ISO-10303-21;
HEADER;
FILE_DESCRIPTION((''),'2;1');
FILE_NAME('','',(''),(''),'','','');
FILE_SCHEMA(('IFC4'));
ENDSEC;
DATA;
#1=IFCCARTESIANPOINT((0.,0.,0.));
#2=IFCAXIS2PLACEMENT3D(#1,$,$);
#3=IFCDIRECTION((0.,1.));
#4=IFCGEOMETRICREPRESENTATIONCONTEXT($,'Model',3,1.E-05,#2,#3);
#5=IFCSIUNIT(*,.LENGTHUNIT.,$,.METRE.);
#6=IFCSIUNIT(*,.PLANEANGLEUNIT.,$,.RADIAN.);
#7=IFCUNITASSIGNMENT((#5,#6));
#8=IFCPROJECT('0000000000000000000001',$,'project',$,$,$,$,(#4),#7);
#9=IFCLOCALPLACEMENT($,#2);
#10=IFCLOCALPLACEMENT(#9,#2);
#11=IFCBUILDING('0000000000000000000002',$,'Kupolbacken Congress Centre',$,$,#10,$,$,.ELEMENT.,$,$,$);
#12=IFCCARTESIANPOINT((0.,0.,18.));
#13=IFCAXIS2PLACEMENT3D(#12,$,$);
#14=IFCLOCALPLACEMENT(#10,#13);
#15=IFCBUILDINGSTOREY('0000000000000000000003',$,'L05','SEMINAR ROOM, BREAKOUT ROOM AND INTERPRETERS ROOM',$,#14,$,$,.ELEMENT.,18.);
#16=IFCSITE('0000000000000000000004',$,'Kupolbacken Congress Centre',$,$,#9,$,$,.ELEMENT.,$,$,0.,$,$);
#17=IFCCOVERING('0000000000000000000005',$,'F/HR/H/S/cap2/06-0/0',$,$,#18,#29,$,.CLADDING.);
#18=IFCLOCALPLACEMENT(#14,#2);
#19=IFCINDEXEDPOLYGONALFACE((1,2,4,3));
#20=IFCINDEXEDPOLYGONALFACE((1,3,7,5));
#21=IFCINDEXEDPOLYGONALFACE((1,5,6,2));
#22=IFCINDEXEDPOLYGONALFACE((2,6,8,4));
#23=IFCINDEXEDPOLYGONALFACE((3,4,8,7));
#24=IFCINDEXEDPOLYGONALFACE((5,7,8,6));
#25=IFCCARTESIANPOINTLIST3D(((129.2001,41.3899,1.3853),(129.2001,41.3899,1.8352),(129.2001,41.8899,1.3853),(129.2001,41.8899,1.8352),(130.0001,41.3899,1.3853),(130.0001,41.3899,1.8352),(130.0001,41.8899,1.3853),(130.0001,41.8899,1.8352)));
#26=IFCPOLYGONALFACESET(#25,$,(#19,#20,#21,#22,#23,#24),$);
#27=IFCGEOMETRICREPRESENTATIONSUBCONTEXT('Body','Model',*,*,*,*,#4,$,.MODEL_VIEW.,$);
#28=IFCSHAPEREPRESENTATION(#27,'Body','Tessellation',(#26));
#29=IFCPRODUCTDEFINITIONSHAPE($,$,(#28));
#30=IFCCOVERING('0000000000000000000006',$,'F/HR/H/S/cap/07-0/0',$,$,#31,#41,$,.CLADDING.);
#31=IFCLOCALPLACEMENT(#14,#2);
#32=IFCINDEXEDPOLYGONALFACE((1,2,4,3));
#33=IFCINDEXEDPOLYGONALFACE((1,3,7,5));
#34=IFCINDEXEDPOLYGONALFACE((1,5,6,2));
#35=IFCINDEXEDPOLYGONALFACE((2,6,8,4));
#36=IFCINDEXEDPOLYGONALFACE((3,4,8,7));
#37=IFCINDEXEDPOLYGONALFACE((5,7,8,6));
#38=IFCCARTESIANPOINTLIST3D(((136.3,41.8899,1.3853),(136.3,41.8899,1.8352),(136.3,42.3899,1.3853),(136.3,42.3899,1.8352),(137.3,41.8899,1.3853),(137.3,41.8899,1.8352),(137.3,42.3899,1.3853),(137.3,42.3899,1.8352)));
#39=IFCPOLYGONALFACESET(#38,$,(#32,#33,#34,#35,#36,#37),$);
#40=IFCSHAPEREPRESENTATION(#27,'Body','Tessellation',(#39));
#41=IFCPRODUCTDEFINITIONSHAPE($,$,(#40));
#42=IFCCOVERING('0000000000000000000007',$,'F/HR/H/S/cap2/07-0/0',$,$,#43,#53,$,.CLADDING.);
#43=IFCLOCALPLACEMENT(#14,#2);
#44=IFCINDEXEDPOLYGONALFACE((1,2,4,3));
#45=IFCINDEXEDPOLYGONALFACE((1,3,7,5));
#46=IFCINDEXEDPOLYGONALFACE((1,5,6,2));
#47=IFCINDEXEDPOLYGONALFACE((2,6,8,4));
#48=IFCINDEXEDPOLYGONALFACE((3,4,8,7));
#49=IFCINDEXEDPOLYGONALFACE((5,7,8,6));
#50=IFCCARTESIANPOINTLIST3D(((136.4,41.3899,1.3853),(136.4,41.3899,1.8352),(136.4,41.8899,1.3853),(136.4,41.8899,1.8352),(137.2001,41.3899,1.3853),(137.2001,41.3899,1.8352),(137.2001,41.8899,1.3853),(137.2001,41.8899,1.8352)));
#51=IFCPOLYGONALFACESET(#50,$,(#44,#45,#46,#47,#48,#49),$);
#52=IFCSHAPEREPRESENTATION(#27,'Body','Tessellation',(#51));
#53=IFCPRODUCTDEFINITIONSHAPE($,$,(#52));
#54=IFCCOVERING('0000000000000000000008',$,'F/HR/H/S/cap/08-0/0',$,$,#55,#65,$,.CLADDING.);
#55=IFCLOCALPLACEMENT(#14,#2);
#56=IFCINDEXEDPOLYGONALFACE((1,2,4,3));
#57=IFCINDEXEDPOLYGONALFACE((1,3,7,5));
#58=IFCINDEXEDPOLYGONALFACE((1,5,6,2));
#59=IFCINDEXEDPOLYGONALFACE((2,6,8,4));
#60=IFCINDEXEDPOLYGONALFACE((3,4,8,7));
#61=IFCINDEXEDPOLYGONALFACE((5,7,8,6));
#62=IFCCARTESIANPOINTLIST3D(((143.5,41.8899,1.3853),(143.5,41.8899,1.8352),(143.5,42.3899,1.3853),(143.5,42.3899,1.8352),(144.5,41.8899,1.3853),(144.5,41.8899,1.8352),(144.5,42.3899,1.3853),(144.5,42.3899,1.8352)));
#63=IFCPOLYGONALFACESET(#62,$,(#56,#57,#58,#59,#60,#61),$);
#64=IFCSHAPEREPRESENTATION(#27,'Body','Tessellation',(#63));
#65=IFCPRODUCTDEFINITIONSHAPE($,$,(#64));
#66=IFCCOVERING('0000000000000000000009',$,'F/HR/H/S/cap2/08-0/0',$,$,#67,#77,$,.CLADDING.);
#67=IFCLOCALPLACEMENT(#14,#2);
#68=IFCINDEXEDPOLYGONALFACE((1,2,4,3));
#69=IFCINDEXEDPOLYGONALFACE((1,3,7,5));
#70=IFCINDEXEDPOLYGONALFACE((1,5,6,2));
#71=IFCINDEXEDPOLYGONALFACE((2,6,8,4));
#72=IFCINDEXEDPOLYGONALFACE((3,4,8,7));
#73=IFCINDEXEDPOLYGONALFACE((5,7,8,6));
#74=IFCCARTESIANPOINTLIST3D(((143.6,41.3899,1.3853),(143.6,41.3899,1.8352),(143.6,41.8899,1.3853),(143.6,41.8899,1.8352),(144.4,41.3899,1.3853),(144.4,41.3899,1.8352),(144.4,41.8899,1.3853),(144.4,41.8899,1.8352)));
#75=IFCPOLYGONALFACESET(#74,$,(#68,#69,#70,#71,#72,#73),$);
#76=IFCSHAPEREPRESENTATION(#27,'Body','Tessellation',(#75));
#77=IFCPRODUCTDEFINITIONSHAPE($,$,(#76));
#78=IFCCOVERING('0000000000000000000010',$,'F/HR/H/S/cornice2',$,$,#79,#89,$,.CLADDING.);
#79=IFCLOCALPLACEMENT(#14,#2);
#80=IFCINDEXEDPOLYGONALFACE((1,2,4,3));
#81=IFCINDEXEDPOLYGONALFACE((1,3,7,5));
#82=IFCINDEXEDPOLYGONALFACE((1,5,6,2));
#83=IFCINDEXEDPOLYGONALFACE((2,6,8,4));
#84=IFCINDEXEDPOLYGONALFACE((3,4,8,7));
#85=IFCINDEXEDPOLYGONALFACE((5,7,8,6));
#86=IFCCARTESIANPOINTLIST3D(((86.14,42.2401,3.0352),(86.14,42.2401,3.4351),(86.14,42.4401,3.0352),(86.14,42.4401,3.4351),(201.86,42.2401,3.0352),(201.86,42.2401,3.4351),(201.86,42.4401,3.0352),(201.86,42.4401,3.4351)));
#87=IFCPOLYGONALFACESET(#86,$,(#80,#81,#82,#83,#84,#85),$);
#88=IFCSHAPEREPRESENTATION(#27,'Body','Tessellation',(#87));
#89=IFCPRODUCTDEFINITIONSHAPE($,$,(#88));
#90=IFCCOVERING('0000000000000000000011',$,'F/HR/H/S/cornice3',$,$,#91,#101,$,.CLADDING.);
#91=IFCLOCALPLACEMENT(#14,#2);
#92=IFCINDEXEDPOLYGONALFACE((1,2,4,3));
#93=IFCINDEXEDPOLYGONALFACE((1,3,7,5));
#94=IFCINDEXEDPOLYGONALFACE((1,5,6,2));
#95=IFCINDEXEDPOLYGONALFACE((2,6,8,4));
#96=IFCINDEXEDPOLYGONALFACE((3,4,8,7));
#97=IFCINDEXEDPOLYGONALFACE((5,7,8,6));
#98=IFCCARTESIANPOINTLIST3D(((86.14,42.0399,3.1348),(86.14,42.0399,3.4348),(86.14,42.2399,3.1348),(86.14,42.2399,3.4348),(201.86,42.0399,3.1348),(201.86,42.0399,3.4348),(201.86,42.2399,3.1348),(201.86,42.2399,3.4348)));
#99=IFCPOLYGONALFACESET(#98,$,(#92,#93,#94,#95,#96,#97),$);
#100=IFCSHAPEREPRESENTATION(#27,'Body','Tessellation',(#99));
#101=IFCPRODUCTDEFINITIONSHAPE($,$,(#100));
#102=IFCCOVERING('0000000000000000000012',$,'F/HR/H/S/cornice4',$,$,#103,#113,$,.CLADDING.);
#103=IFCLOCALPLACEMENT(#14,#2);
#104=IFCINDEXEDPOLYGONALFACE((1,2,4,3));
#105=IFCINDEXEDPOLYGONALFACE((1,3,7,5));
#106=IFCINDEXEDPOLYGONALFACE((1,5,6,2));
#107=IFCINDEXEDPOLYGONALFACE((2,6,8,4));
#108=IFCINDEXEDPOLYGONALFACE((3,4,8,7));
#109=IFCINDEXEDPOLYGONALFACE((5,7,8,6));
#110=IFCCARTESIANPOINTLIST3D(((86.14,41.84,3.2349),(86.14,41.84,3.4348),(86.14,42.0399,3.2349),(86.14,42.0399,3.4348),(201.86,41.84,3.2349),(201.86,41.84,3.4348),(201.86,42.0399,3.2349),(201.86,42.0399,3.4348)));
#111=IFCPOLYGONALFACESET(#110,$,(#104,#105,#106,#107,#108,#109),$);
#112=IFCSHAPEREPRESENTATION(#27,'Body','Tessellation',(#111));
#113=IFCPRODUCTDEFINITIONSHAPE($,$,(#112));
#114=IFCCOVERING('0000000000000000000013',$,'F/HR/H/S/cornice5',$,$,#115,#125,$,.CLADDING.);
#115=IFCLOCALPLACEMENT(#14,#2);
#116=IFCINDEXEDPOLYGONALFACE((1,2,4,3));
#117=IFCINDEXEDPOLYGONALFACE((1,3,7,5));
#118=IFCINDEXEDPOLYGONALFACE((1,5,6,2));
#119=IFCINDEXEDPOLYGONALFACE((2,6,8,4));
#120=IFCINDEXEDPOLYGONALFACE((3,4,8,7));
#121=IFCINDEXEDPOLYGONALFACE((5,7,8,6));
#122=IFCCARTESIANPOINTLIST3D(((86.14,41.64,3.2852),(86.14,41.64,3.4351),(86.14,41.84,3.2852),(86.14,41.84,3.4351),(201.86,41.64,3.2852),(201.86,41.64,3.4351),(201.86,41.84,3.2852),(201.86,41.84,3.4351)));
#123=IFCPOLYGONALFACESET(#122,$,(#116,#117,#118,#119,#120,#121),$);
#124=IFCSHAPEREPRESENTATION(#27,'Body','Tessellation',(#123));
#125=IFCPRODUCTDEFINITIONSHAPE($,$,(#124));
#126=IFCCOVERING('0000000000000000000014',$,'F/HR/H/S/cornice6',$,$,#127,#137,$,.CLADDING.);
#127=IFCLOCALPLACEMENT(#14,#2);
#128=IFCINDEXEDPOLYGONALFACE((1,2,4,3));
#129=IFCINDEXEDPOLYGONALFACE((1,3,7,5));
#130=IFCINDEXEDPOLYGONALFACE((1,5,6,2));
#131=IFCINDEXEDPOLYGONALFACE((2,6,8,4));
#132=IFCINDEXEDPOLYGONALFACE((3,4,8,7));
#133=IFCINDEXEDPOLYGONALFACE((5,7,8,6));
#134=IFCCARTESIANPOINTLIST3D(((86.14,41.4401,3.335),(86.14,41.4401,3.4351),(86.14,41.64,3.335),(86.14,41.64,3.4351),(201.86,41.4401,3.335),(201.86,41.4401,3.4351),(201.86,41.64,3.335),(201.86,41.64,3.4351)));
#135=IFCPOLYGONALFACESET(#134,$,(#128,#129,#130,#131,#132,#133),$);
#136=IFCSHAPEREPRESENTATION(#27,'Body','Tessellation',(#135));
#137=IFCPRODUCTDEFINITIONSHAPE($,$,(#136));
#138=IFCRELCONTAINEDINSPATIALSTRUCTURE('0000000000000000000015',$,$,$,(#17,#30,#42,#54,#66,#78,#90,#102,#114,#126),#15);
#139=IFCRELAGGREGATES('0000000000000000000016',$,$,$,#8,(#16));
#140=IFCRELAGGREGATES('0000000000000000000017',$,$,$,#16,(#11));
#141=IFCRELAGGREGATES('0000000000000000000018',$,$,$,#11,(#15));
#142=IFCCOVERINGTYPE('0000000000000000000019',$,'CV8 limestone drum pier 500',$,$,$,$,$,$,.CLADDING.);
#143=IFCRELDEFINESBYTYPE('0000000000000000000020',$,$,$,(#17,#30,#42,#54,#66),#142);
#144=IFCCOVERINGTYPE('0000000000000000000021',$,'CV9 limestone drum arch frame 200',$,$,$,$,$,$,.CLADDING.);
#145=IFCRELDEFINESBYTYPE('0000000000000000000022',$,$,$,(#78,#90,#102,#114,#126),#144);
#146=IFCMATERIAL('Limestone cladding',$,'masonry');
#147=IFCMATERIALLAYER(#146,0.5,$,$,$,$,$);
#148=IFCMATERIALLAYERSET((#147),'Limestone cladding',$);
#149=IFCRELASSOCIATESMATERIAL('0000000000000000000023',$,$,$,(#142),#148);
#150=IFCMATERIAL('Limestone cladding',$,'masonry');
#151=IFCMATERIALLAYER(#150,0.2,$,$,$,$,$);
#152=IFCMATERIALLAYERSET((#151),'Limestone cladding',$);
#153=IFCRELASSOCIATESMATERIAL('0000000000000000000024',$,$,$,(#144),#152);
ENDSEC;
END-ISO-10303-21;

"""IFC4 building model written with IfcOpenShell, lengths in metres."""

from ifc_helpers import new_model, si_unit, direction, frame, origin, origin_2d, place, context, subcontext, project, spatial, rectangle, extrude, material, layer, layer_set, type_object, element, save


model = new_model("IFC4")

# Units and contexts
model_context = context("Model", 3, precision=1e-05, world=origin(), true_north=direction((0.0, 1.0)))
body_context = subcontext(model_context, "Body", "Model", "MODEL_VIEW")
ifc_project = project(units=[si_unit("LENGTHUNIT", "METRE"), si_unit("PLANEANGLEUNIT", "RADIAN")], contexts=[model_context])

# Site, building, storey
site_placement = place(None, origin())
site = spatial("IfcSite", under=ifc_project, at=site_placement, Name="Kupolbacken Congress Centre", CompositionType="ELEMENT", RefElevation=0.0)
building_placement = place(site_placement, origin())
building = spatial("IfcBuilding", under=site, at=building_placement, Name="Kupolbacken Congress Centre", CompositionType="ELEMENT")
storey_placement = place(building_placement, frame((0.0, 0.0, 18.0)))
storey = spatial("IfcBuildingStorey", under=building, at=storey_placement, Name="L05", Description="SEMINAR ROOM, BREAKOUT ROOM AND INTERPRETERS ROOM", CompositionType="ELEMENT", Elevation=18.0)

# Coverings
ifc_material_1 = material(Name="Limestone cladding", Category="masonry")
ifc_layer_1 = layer(ifc_material_1, 0.5)
ifc_layer_set_1 = layer_set([ifc_layer_1], Name="Limestone cladding")
covering_type_1 = type_object("IfcCoveringType", Name="CV8 limestone drum pier 500", PredefinedType="CLADDING", material=ifc_layer_set_1)
covering_1_placement = place(storey_placement, frame((129.6001, 41.6399, 1.3853), z_axis=(0.0, 0.0, 1.0), x_axis=(1.0, 0.0, 0.0)))
element("IfcCovering", 1, at=covering_1_placement, inside=storey, type_object=covering_type_1, Name="F/HR/H/S/cap2/06-0/0", PredefinedType="CLADDING", context=body_context, shape_type="SweptSolid", body=[
    extrude(rectangle(XDim=0.8, YDim=0.5, at=origin_2d()), origin(), (0.0, 0.0, 1.0), 0.45),
])
covering_2_placement = place(storey_placement, frame((136.8, 42.1399, 1.3853), z_axis=(0.0, 0.0, 1.0), x_axis=(1.0, 0.0, 0.0)))
element("IfcCovering", 2, at=covering_2_placement, inside=storey, type_object=covering_type_1, Name="F/HR/H/S/cap/07-0/0", PredefinedType="CLADDING", context=body_context, shape_type="SweptSolid", body=[
    extrude(rectangle(XDim=1.0, YDim=0.5, at=origin_2d()), origin(), (0.0, 0.0, 1.0), 0.45),
])
covering_3_placement = place(storey_placement, frame((136.8, 41.6399, 1.3853), z_axis=(0.0, 0.0, 1.0), x_axis=(1.0, 0.0, 0.0)))
element("IfcCovering", 3, at=covering_3_placement, inside=storey, type_object=covering_type_1, Name="F/HR/H/S/cap2/07-0/0", PredefinedType="CLADDING", context=body_context, shape_type="SweptSolid", body=[
    extrude(rectangle(XDim=0.8, YDim=0.5, at=origin_2d()), origin(), (0.0, 0.0, 1.0), 0.45),
])
covering_4_placement = place(storey_placement, frame((144.0, 42.1399, 1.3853), z_axis=(0.0, 0.0, 1.0), x_axis=(1.0, 0.0, 0.0)))
element("IfcCovering", 4, at=covering_4_placement, inside=storey, type_object=covering_type_1, Name="F/HR/H/S/cap/08-0/0", PredefinedType="CLADDING", context=body_context, shape_type="SweptSolid", body=[
    extrude(rectangle(XDim=1.0, YDim=0.5, at=origin_2d()), origin(), (0.0, 0.0, 1.0), 0.45),
])
covering_5_placement = place(storey_placement, frame((144.0, 41.6399, 1.3853), z_axis=(0.0, 0.0, 1.0), x_axis=(1.0, 0.0, 0.0)))
element("IfcCovering", 5, at=covering_5_placement, inside=storey, type_object=covering_type_1, Name="F/HR/H/S/cap2/08-0/0", PredefinedType="CLADDING", context=body_context, shape_type="SweptSolid", body=[
    extrude(rectangle(XDim=0.8, YDim=0.5, at=origin_2d()), origin(), (0.0, 0.0, 1.0), 0.45),
])
ifc_material_2 = material(Name="Limestone cladding", Category="masonry")
ifc_layer_2 = layer(ifc_material_2, 0.2)
ifc_layer_set_2 = layer_set([ifc_layer_2], Name="Limestone cladding")
covering_type_2 = type_object("IfcCoveringType", Name="CV9 limestone drum arch frame 200", PredefinedType="CLADDING", material=ifc_layer_set_2)
covering_6_placement = place(storey_placement, frame((144.0, 42.3401, 3.0352), z_axis=(0.0, 0.0, 1.0), x_axis=(1.0, 0.0, 0.0)))
element("IfcCovering", 6, at=covering_6_placement, inside=storey, type_object=covering_type_2, Name="F/HR/H/S/cornice2", PredefinedType="CLADDING", context=body_context, shape_type="SweptSolid", body=[
    extrude(rectangle(XDim=115.72, YDim=0.2, at=origin_2d()), origin(), (0.0, 0.0, 1.0), 0.3999),
])
covering_7_placement = place(storey_placement, frame((144.0, 42.1399, 3.1348), z_axis=(0.0, 0.0, 1.0), x_axis=(1.0, 0.0, 0.0)))
element("IfcCovering", 7, at=covering_7_placement, inside=storey, type_object=covering_type_2, Name="F/HR/H/S/cornice3", PredefinedType="CLADDING", context=body_context, shape_type="SweptSolid", body=[
    extrude(rectangle(XDim=115.72, YDim=0.2, at=origin_2d()), origin(), (0.0, 0.0, 1.0), 0.3),
])
covering_8_placement = place(storey_placement, frame((144.0, 41.9399, 3.2349), z_axis=(0.0, 0.0, 1.0), x_axis=(1.0, 0.0, 0.0)))
element("IfcCovering", 8, at=covering_8_placement, inside=storey, type_object=covering_type_2, Name="F/HR/H/S/cornice4", PredefinedType="CLADDING", context=body_context, shape_type="SweptSolid", body=[
    extrude(rectangle(XDim=115.72, YDim=0.2, at=origin_2d()), origin(), (0.0, 0.0, 1.0), 0.2),
])
covering_9_placement = place(storey_placement, frame((144.0, 41.74, 3.2852), z_axis=(0.0, 0.0, 1.0), x_axis=(1.0, 0.0, 0.0)))
element("IfcCovering", 9, at=covering_9_placement, inside=storey, type_object=covering_type_2, Name="F/HR/H/S/cornice5", PredefinedType="CLADDING", context=body_context, shape_type="SweptSolid", body=[
    extrude(rectangle(XDim=115.72, YDim=0.2, at=origin_2d()), origin(), (0.0, 0.0, 1.0), 0.1499),
])
covering_10_placement = place(storey_placement, frame((144.0, 41.54, 3.335), z_axis=(0.0, 0.0, 1.0), x_axis=(1.0, 0.0, 0.0)))
element("IfcCovering", 10, at=covering_10_placement, inside=storey, type_object=covering_type_2, Name="F/HR/H/S/cornice6", PredefinedType="CLADDING", context=body_context, shape_type="SweptSolid", body=[
    extrude(rectangle(XDim=115.72, YDim=0.2, at=origin_2d()), origin(), (0.0, 0.0, 1.0), 0.1001),
])

save(model, "model.ifc")
